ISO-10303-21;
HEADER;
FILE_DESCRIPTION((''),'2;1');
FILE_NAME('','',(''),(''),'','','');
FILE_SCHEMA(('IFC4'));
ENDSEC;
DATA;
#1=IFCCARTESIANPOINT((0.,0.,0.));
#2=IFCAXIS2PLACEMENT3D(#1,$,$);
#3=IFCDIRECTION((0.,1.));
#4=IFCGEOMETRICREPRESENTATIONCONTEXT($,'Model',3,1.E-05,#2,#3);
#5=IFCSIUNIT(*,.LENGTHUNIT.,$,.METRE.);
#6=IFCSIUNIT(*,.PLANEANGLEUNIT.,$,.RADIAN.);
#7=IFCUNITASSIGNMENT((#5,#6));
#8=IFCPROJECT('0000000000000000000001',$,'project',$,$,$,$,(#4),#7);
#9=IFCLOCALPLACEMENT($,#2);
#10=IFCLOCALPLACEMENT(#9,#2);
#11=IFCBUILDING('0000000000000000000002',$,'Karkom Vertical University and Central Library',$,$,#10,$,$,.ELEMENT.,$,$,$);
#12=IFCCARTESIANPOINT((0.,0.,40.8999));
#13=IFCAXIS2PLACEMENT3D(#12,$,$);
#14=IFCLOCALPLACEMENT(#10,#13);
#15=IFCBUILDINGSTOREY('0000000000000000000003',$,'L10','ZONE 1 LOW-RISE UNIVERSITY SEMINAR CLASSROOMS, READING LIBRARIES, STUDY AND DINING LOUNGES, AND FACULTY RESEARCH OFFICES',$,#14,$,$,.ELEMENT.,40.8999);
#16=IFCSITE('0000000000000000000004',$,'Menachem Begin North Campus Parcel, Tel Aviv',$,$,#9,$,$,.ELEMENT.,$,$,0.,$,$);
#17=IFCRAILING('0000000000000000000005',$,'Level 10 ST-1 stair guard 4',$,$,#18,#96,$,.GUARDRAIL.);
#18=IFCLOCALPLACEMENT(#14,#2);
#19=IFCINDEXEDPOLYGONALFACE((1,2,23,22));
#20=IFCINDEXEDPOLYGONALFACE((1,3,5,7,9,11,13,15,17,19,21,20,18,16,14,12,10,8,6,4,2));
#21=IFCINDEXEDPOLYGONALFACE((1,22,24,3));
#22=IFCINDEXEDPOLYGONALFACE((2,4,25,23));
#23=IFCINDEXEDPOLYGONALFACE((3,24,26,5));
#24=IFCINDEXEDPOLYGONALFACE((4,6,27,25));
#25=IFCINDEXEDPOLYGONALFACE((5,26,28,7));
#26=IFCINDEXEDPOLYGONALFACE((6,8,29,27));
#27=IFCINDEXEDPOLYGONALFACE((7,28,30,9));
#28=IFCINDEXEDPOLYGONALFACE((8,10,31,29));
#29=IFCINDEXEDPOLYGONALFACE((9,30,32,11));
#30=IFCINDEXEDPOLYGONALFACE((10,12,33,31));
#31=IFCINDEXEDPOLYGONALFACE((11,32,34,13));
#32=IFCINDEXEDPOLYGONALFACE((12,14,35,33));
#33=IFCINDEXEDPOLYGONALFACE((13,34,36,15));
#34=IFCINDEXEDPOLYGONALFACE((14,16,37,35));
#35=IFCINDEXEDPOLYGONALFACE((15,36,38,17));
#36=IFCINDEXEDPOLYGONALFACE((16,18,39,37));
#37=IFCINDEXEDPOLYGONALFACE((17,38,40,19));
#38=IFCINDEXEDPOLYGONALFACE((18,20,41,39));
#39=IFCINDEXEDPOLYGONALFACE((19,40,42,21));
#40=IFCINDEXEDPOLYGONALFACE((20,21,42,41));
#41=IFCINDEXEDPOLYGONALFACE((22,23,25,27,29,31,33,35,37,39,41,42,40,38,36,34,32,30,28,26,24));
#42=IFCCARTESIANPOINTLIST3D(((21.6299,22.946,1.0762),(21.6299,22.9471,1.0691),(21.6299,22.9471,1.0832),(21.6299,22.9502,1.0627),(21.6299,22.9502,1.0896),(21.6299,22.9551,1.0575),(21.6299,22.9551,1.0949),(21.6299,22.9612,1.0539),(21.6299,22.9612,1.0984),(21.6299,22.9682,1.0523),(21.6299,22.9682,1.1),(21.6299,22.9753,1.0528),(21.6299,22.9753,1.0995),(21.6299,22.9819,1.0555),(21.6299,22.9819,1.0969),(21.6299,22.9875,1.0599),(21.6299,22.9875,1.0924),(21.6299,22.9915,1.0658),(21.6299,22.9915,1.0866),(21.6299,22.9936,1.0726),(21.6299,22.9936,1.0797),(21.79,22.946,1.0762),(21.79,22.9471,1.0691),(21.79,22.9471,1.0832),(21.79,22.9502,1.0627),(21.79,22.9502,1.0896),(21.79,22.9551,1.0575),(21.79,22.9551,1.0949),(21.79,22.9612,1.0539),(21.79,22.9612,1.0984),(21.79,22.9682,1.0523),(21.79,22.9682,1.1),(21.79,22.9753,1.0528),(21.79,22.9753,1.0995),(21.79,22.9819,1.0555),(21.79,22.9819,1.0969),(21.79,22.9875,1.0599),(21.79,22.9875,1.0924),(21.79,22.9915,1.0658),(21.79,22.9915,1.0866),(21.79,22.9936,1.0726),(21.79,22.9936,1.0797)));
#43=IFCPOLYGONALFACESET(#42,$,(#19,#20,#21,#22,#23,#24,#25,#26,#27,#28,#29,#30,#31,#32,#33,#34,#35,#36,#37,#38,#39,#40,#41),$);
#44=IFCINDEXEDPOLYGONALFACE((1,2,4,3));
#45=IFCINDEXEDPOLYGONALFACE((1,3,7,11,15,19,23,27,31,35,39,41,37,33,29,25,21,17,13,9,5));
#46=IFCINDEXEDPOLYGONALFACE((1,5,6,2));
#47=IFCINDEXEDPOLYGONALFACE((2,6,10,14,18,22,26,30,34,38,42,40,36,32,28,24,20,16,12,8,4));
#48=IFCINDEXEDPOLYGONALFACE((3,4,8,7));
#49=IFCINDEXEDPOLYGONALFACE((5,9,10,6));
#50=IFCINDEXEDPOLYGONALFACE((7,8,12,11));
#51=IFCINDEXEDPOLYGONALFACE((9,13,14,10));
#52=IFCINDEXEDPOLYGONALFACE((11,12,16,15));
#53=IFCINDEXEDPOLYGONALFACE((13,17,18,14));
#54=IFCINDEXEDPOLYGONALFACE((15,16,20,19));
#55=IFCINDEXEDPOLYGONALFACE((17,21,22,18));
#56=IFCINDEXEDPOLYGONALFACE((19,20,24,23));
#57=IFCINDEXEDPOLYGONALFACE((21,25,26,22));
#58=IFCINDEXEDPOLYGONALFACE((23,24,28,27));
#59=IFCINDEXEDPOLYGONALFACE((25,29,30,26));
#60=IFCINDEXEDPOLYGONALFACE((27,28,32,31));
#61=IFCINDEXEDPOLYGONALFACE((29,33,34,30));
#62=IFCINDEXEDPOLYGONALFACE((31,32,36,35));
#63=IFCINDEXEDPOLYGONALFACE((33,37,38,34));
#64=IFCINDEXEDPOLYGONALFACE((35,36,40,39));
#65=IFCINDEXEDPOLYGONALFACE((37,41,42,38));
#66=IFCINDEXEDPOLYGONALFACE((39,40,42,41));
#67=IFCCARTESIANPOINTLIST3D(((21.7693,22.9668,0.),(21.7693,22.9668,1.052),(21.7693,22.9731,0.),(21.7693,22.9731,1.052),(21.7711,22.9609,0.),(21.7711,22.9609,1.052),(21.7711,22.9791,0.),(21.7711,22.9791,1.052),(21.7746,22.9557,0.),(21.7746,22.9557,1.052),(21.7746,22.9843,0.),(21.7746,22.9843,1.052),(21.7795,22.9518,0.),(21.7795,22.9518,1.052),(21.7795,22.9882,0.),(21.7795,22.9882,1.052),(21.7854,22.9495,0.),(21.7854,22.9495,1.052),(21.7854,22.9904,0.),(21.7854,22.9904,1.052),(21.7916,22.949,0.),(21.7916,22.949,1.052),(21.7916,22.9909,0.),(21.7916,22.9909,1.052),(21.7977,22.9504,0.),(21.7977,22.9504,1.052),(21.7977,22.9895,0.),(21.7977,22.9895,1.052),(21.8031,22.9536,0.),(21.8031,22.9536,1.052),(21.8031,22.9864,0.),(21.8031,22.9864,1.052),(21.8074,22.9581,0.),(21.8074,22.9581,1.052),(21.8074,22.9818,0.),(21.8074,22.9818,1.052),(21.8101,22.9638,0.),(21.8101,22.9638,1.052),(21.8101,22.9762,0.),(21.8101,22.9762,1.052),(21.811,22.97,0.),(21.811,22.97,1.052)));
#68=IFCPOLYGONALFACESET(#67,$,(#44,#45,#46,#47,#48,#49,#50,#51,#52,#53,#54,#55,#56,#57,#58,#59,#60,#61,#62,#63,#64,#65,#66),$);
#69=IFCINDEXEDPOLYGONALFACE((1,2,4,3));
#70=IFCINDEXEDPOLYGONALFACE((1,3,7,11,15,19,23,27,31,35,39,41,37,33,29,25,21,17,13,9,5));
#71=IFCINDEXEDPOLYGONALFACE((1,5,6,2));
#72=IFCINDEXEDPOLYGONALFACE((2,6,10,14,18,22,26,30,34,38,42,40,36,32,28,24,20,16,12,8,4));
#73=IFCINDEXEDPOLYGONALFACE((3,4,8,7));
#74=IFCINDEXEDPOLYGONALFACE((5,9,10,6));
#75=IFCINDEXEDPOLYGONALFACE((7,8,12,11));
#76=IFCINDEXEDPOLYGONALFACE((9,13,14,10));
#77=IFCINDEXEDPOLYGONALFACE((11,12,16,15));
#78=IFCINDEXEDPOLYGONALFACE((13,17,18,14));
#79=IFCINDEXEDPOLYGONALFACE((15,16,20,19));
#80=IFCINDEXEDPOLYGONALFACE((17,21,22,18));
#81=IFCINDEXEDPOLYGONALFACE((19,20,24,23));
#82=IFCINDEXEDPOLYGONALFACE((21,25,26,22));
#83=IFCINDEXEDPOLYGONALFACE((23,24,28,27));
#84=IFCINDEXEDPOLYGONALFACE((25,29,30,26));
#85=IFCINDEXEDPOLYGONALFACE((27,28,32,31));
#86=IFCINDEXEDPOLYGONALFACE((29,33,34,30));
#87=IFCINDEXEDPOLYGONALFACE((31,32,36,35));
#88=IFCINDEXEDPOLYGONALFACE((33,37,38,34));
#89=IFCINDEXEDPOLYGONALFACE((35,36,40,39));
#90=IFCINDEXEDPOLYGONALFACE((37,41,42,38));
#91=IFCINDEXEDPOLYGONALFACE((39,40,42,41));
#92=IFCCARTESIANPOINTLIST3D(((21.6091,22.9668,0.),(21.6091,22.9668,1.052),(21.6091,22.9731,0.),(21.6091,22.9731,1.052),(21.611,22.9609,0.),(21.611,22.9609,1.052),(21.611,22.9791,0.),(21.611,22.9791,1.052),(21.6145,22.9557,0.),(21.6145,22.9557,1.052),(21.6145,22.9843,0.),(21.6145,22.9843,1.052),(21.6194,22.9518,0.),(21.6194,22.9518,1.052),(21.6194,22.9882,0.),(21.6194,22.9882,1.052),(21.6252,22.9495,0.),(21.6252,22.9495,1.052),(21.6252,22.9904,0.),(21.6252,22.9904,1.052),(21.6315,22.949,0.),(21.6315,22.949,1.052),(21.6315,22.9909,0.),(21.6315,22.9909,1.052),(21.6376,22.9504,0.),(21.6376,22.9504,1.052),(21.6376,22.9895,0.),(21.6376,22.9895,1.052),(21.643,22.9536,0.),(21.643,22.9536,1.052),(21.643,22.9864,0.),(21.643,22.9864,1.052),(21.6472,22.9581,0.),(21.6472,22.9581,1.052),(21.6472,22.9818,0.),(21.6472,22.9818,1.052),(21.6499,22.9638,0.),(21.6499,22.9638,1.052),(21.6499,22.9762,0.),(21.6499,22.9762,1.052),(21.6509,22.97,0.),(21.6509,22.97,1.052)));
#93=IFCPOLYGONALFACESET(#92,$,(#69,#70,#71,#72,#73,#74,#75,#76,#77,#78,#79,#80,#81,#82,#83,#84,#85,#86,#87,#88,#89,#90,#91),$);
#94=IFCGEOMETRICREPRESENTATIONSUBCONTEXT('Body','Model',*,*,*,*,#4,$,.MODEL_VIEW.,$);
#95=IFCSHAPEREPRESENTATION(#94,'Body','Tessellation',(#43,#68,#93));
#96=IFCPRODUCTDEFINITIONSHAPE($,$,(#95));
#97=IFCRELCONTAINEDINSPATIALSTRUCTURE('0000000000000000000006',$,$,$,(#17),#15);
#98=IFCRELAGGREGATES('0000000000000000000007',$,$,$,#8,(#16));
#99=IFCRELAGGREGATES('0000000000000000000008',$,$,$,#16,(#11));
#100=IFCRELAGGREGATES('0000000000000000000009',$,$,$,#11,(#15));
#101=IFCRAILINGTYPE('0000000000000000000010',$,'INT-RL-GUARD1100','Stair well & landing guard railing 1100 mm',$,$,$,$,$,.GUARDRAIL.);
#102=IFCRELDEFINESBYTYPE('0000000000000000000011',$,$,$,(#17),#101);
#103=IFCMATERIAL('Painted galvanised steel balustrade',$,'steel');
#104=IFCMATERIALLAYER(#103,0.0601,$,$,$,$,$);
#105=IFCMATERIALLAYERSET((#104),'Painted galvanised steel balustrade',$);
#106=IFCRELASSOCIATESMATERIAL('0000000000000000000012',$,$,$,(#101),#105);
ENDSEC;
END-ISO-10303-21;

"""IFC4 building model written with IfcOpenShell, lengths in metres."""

from ifc_helpers import new_model, si_unit, direction, frame, origin, origin_2d, place, context, subcontext, project, spatial, circle, extrude, material, layer, layer_set, type_object, element, save


model = new_model("IFC4")

# Units and contexts
model_context = context("Model", 3, precision=1e-05, world=origin(), true_north=direction((0.0, 1.0)))
body_context = subcontext(model_context, "Body", "Model", "MODEL_VIEW")
ifc_project = project(units=[si_unit("LENGTHUNIT", "METRE"), si_unit("PLANEANGLEUNIT", "RADIAN")], contexts=[model_context])

# Site, building, storey
site_placement = place(None, origin())
site = spatial("IfcSite", under=ifc_project, at=site_placement, Name="Menachem Begin North Campus Parcel, Tel Aviv", CompositionType="ELEMENT", RefElevation=0.0)
building_placement = place(site_placement, origin())
building = spatial("IfcBuilding", under=site, at=building_placement, Name="Karkom Vertical University and Central Library", CompositionType="ELEMENT")
storey_placement = place(building_placement, frame((0.0, 0.0, 40.8999)))
storey = spatial("IfcBuildingStorey", under=building, at=storey_placement, Name="L10", Description="ZONE 1 LOW-RISE UNIVERSITY SEMINAR CLASSROOMS, READING LIBRARIES, STUDY AND DINING LOUNGES, AND FACULTY RESEARCH OFFICES", CompositionType="ELEMENT", Elevation=40.8999)

# Railing
ifc_material_1 = material(Name="Painted galvanised steel balustrade", Category="steel")
ifc_layer_1 = layer(ifc_material_1, 0.0601)
ifc_layer_set_1 = layer_set([ifc_layer_1], Name="Painted galvanised steel balustrade")
railing_type_1 = type_object("IfcRailingType", Name="INT-RL-GUARD1100", Description="Stair well & landing guard railing 1100 mm", PredefinedType="GUARDRAIL", material=ifc_layer_set_1)
railing_1_placement = place(storey_placement, frame((21.79, 22.97, 0.0)))
element("IfcRailing", 1, at=railing_1_placement, inside=storey, type_object=railing_type_1, Name="Level 10 ST-1 stair guard 4", PredefinedType="GUARDRAIL", context=body_context, shape_type="SweptSolid", body=[
    extrude(circle(Radius=0.0239, at=origin_2d()), frame((0.0, 0.0, 1.0762), z_axis=(-1.0, 0.0, 0.0), x_axis=(0.0, -1.0, 0.0)), (0.0, 0.0, 1.0), 0.1602),
    extrude(circle(Radius=0.021, at=origin_2d()), origin(), (0.0, 0.0, 1.0), 1.052),
    extrude(circle(Radius=0.021, at=origin_2d()), frame((-0.1602, 0.0, 0.0)), (0.0, 0.0, 1.0), 1.052),
])

save(model, "model.ifc")
